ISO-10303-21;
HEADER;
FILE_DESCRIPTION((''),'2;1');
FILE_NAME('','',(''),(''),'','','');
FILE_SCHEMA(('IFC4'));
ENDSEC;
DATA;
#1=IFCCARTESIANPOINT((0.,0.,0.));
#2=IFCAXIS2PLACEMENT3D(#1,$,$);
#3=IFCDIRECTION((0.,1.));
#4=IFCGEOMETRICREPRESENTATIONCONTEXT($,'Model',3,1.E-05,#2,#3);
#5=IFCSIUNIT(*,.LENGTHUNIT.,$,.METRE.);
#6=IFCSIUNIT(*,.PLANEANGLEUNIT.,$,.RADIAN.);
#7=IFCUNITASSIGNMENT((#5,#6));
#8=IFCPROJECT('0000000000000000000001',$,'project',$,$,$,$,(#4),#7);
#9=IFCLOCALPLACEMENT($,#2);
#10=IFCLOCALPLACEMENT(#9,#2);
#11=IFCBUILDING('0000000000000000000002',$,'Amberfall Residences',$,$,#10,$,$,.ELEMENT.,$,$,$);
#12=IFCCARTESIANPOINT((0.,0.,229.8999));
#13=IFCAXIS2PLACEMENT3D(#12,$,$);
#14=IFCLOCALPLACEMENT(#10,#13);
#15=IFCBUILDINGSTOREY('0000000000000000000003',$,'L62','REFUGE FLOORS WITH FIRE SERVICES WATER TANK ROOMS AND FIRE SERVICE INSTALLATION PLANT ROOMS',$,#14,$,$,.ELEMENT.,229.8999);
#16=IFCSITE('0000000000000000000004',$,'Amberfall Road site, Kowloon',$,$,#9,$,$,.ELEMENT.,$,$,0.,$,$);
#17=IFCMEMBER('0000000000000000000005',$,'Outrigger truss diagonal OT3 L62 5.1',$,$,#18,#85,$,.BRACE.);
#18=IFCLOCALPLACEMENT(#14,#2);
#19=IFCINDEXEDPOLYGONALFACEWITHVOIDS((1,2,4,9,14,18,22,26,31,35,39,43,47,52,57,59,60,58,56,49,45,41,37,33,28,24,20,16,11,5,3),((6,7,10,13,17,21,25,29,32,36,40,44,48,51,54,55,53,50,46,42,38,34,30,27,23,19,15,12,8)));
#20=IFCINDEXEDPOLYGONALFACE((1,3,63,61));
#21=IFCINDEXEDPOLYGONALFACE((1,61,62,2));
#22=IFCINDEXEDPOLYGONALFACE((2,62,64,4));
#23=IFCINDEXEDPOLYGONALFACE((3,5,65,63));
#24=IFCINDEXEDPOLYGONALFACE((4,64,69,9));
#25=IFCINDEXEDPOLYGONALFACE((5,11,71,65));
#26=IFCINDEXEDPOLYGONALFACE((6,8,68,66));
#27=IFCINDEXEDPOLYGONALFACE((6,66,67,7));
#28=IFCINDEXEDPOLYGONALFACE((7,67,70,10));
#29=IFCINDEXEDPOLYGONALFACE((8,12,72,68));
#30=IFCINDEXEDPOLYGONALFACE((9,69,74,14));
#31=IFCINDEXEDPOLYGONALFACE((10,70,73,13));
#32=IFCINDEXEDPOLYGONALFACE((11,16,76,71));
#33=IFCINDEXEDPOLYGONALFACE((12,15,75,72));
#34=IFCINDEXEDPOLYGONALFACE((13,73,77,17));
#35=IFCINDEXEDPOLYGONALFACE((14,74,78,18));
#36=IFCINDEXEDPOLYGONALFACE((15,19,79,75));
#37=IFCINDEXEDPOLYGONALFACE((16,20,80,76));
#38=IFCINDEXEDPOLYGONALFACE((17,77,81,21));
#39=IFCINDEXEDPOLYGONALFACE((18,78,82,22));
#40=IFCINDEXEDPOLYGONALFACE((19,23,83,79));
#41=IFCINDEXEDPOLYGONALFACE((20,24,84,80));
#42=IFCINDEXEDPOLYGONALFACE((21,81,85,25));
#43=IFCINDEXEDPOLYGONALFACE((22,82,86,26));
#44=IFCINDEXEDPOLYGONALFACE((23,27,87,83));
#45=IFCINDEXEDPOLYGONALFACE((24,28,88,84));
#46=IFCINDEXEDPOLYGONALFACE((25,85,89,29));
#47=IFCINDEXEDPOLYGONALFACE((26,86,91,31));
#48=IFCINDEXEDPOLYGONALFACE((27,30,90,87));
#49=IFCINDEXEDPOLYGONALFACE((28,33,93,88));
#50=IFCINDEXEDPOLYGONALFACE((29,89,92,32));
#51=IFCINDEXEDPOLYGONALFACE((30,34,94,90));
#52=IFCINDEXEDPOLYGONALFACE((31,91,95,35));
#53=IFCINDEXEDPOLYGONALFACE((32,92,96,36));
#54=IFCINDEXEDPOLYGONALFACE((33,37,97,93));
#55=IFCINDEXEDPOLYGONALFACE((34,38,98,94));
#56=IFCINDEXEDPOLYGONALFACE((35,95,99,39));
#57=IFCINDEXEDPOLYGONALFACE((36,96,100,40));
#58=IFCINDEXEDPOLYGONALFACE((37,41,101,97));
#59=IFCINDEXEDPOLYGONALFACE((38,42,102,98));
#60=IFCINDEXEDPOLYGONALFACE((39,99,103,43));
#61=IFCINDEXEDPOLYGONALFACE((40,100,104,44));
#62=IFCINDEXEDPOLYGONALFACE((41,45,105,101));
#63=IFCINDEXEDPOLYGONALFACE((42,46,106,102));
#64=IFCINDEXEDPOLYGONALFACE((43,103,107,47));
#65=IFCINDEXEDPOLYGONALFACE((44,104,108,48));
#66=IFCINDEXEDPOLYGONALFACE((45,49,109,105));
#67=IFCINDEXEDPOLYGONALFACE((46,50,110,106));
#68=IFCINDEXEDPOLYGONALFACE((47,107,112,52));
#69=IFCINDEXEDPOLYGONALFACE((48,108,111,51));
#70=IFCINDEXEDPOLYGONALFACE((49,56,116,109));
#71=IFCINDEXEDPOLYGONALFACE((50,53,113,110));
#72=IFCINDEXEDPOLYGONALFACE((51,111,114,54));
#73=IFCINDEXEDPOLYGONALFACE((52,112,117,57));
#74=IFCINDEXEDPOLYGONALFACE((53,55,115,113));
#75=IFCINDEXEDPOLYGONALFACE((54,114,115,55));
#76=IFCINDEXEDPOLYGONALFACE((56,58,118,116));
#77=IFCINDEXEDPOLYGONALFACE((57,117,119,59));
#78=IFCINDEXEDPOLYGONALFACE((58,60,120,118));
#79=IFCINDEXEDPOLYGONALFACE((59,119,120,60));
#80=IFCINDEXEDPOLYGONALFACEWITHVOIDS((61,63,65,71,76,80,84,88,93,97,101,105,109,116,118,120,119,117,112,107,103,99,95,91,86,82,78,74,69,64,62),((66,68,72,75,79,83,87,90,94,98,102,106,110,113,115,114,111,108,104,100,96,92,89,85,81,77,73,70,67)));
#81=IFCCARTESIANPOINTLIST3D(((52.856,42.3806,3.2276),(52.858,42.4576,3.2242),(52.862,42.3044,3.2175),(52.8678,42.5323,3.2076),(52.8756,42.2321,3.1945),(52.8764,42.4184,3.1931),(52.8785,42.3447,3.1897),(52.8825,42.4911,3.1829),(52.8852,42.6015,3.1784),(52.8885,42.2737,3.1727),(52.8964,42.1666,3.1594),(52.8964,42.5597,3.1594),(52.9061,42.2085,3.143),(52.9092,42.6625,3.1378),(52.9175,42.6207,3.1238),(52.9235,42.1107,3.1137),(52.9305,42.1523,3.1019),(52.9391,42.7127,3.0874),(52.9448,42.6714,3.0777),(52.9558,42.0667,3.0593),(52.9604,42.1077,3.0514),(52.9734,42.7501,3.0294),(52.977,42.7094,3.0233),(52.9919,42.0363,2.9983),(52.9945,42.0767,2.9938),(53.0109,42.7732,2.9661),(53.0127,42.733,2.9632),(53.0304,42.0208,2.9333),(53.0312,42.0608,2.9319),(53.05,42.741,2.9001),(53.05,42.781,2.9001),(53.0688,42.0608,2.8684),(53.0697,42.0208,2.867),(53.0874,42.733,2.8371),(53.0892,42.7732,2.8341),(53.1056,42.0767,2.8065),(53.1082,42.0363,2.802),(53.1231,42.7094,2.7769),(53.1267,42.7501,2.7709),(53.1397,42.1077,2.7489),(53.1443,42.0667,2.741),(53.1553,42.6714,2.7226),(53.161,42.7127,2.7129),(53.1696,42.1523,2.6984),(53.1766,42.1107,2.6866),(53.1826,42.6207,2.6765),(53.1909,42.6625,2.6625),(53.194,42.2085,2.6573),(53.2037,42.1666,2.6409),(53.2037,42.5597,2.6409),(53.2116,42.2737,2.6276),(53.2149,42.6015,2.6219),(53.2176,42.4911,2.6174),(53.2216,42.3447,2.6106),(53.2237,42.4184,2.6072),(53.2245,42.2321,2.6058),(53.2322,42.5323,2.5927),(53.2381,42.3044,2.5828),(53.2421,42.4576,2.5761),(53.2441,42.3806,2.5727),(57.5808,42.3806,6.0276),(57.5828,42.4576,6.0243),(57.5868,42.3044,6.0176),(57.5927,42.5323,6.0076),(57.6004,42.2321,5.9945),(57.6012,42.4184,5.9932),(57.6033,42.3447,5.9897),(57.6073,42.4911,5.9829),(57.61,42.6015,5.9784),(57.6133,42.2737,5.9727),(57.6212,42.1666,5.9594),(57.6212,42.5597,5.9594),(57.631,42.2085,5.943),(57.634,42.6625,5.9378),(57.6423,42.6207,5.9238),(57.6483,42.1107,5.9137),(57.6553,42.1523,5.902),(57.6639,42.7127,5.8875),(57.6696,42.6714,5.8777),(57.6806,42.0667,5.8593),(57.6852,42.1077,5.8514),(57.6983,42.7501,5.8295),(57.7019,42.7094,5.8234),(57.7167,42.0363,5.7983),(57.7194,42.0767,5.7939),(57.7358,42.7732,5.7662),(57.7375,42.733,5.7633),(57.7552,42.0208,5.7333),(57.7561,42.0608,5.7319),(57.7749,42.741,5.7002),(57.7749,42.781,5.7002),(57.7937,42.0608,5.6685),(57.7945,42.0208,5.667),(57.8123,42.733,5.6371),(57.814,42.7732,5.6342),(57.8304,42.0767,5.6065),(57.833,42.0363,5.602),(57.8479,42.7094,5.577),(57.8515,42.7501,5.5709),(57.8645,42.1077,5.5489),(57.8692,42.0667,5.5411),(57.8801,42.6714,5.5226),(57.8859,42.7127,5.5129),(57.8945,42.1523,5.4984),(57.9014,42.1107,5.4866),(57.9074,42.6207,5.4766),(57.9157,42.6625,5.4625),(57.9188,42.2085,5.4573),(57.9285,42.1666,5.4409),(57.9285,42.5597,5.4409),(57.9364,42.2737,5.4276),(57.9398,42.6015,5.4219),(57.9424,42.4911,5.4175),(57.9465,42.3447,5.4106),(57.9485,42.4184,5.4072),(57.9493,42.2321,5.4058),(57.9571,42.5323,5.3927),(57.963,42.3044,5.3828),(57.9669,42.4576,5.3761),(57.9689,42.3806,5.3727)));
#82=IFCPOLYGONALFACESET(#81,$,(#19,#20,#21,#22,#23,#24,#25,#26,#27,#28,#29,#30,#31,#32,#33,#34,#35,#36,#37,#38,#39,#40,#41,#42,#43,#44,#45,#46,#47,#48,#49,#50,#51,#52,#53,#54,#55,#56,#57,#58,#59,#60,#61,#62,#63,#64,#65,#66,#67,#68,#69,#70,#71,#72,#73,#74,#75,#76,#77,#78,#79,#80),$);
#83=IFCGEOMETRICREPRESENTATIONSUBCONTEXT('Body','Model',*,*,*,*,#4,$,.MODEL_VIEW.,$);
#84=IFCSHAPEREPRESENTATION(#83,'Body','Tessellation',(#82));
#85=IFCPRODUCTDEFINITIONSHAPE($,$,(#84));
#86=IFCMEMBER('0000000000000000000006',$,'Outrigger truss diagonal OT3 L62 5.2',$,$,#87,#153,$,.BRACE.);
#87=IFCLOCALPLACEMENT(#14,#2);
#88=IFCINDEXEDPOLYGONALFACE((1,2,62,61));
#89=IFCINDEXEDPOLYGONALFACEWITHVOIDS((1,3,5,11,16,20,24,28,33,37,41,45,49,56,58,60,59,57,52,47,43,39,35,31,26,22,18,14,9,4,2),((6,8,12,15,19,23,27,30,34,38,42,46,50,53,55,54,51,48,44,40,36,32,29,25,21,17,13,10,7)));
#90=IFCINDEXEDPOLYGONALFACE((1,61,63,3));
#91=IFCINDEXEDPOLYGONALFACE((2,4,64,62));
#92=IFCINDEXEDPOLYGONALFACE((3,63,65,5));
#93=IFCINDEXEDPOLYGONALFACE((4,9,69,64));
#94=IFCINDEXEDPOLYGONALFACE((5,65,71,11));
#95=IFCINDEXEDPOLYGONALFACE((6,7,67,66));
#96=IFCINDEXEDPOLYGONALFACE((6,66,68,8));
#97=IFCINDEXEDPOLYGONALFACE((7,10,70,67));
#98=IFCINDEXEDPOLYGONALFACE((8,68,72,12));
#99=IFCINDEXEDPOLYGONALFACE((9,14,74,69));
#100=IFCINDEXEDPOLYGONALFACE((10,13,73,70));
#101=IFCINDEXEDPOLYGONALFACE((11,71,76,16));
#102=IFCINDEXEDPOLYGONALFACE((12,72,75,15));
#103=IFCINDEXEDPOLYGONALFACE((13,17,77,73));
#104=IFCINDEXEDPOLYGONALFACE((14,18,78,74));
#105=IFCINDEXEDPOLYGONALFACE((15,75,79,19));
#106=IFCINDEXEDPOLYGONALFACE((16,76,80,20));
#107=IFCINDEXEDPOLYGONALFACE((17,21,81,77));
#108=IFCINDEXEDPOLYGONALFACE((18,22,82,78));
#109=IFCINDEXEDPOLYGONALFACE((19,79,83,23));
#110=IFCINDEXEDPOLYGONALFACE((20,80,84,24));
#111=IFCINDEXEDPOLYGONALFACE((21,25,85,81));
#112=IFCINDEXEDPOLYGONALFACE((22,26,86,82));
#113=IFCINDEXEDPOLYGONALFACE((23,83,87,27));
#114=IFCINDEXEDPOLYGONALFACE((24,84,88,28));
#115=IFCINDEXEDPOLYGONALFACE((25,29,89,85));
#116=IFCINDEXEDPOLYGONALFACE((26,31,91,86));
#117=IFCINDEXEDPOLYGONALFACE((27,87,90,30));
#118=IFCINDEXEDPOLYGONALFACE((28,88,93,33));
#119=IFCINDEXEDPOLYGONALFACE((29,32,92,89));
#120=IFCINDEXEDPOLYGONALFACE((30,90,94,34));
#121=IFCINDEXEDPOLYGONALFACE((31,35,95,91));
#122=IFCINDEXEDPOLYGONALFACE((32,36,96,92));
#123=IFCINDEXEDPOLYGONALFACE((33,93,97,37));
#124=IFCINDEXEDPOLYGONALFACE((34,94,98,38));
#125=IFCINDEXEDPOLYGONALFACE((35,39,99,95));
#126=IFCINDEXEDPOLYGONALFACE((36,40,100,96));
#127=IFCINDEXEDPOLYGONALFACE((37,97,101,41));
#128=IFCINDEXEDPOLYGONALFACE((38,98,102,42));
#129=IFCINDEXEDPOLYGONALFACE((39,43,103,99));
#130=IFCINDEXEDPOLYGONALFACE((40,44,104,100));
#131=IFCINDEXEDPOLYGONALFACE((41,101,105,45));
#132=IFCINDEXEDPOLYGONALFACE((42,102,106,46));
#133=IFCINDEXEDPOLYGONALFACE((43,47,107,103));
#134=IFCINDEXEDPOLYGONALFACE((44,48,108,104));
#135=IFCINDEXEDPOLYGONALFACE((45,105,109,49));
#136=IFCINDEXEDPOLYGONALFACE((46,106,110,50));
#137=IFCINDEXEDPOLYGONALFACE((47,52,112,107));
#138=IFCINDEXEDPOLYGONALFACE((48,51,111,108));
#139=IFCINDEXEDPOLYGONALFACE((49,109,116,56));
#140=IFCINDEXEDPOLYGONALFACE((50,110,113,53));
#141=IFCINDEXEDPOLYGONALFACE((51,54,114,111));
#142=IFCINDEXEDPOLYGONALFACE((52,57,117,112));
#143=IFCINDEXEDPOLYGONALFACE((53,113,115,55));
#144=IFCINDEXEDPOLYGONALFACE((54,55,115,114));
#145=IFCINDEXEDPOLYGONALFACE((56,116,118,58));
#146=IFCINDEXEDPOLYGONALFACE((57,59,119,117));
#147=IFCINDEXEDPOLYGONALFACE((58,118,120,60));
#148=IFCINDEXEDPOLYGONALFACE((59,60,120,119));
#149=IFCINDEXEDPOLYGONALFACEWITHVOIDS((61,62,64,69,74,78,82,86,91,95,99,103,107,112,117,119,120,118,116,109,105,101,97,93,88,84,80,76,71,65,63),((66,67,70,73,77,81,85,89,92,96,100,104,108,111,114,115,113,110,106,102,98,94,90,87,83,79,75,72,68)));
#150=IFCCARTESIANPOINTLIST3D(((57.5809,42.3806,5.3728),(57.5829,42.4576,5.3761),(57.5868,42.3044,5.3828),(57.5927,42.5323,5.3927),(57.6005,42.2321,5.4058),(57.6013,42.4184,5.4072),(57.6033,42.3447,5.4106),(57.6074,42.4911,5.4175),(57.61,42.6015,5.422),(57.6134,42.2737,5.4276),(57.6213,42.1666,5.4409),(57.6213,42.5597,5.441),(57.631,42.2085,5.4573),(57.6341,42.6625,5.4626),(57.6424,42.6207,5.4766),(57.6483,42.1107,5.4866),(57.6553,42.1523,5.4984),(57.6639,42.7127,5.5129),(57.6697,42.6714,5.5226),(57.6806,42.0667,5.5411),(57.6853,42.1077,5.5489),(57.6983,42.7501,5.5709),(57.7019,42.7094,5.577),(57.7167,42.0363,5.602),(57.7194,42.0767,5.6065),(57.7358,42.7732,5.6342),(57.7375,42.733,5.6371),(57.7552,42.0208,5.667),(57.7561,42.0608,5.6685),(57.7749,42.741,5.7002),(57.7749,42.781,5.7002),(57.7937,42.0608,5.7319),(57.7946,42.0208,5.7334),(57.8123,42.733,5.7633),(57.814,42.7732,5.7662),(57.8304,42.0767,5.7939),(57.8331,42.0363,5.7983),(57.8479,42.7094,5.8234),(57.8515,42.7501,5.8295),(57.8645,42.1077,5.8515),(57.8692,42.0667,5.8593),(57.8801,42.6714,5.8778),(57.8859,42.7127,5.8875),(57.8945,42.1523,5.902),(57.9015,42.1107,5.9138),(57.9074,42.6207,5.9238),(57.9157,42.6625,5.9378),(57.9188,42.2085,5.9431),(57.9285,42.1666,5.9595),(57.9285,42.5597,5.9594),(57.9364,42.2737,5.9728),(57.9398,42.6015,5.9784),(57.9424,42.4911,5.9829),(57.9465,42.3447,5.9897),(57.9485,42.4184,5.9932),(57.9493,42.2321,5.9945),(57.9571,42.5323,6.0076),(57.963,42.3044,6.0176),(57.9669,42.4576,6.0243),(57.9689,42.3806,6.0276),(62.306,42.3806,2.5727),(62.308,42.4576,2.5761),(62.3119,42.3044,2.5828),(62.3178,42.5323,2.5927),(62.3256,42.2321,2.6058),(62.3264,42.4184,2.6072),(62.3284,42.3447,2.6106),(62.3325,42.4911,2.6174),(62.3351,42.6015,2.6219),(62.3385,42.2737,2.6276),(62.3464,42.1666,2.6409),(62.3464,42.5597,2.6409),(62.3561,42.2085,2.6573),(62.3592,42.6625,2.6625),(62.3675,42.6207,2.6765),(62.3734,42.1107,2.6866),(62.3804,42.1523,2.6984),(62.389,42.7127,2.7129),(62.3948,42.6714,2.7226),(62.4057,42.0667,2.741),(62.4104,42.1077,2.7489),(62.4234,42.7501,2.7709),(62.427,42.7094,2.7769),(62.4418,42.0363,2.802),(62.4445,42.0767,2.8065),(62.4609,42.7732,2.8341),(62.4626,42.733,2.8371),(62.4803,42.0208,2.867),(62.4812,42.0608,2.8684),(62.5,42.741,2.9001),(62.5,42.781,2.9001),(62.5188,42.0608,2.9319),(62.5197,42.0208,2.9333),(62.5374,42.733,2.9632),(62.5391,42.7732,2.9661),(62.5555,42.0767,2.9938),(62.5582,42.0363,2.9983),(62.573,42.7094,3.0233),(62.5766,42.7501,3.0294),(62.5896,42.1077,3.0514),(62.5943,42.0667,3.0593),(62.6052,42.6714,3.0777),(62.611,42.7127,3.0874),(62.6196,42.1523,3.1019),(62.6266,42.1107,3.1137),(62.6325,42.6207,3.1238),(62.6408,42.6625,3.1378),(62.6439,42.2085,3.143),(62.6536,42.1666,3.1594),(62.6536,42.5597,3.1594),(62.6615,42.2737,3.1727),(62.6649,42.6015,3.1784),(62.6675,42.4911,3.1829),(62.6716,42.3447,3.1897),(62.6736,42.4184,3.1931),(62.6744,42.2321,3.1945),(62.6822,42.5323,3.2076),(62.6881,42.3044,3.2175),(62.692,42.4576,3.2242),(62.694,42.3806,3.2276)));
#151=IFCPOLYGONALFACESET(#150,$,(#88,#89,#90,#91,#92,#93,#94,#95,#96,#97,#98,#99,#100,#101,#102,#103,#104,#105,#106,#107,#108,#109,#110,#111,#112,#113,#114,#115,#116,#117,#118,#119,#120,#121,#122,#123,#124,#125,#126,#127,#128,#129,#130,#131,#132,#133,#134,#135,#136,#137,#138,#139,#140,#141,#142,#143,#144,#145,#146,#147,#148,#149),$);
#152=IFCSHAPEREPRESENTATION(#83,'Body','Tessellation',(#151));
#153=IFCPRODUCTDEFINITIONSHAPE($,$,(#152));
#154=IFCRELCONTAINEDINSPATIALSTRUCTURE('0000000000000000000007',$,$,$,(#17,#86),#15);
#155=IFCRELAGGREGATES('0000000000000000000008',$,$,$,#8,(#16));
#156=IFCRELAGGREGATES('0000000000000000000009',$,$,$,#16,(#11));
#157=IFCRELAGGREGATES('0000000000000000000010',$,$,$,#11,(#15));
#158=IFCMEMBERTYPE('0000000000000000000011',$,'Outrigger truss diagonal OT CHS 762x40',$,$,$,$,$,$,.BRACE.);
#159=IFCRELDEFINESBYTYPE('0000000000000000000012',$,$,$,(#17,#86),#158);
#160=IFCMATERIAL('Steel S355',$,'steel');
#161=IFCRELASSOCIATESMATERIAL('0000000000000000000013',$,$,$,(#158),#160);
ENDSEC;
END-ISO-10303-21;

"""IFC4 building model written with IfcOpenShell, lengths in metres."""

from ifc_helpers import new_model, si_unit, direction, frame, origin, origin_2d, place, context, subcontext, project, spatial, hollow_circle, extrude, material, material_profile, profile_set, type_object, element, save


model = new_model("IFC4")

# Units and contexts
model_context = context("Model", 3, precision=1e-05, world=origin(), true_north=direction((0.0, 1.0)))
body_context = subcontext(model_context, "Body", "Model", "MODEL_VIEW")
ifc_project = project(units=[si_unit("LENGTHUNIT", "METRE"), si_unit("PLANEANGLEUNIT", "RADIAN")], contexts=[model_context])

# Site, building, storey
site_placement = place(None, origin())
site = spatial("IfcSite", under=ifc_project, at=site_placement, Name="Amberfall Road site, Kowloon", CompositionType="ELEMENT", RefElevation=0.0)
building_placement = place(site_placement, origin())
building = spatial("IfcBuilding", under=site, at=building_placement, Name="Amberfall Residences", CompositionType="ELEMENT")
storey_placement = place(building_placement, frame((0.0, 0.0, 229.8999)))
storey = spatial("IfcBuildingStorey", under=building, at=storey_placement, Name="L62", Description="REFUGE FLOORS WITH FIRE SERVICES WATER TANK ROOMS AND FIRE SERVICE INSTALLATION PLANT ROOMS", CompositionType="ELEMENT", Elevation=229.8999)

# Shared definitions
ifc_material_1 = material(Name="Steel S355", Category="steel")

# Members
ifc_material_profile_1 = material_profile(ifc_material_1, hollow_circle(Radius=0.3811, WallThickness=0.04, at=origin_2d()), Name="CHS 762x40")
ifc_profile_set_1 = profile_set([ifc_material_profile_1], Name="Steel S355")
member_type_1 = type_object("IfcMemberType", Name="Outrigger truss diagonal OT CHS 762x40", PredefinedType="BRACE", material=ifc_profile_set_1)
member_1_placement = place(storey_placement, frame((53.05, 42.3999, 2.9001), z_axis=(0.860281, 0.0, 0.509821), x_axis=(0.0, 1.0, 0.0)))
element("IfcMember", 1, at=member_1_placement, inside=storey, type_object=member_type_1, Name="Outrigger truss diagonal OT3 L62 5.1", PredefinedType="BRACE", context=body_context, shape_type="SweptSolid", body=[
    extrude(hollow_circle(Radius=0.3811, WallThickness=0.04, at=origin_2d()), origin(), (0.0, 0.0, 1.0), 5.4922),
])
member_2_placement = place(storey_placement, frame((57.7749, 42.3999, 5.7002), z_axis=(0.860292, 0.0, -0.509801), x_axis=(0.0, 1.0, 0.0)))
element("IfcMember", 2, at=member_2_placement, inside=storey, type_object=member_type_1, Name="Outrigger truss diagonal OT3 L62 5.2", PredefinedType="BRACE", context=body_context, shape_type="SweptSolid", body=[
    extrude(hollow_circle(Radius=0.3811, WallThickness=0.04, at=origin_2d()), origin(), (0.0, 0.0, 1.0), 5.4924),
])

save(model, "model.ifc")
